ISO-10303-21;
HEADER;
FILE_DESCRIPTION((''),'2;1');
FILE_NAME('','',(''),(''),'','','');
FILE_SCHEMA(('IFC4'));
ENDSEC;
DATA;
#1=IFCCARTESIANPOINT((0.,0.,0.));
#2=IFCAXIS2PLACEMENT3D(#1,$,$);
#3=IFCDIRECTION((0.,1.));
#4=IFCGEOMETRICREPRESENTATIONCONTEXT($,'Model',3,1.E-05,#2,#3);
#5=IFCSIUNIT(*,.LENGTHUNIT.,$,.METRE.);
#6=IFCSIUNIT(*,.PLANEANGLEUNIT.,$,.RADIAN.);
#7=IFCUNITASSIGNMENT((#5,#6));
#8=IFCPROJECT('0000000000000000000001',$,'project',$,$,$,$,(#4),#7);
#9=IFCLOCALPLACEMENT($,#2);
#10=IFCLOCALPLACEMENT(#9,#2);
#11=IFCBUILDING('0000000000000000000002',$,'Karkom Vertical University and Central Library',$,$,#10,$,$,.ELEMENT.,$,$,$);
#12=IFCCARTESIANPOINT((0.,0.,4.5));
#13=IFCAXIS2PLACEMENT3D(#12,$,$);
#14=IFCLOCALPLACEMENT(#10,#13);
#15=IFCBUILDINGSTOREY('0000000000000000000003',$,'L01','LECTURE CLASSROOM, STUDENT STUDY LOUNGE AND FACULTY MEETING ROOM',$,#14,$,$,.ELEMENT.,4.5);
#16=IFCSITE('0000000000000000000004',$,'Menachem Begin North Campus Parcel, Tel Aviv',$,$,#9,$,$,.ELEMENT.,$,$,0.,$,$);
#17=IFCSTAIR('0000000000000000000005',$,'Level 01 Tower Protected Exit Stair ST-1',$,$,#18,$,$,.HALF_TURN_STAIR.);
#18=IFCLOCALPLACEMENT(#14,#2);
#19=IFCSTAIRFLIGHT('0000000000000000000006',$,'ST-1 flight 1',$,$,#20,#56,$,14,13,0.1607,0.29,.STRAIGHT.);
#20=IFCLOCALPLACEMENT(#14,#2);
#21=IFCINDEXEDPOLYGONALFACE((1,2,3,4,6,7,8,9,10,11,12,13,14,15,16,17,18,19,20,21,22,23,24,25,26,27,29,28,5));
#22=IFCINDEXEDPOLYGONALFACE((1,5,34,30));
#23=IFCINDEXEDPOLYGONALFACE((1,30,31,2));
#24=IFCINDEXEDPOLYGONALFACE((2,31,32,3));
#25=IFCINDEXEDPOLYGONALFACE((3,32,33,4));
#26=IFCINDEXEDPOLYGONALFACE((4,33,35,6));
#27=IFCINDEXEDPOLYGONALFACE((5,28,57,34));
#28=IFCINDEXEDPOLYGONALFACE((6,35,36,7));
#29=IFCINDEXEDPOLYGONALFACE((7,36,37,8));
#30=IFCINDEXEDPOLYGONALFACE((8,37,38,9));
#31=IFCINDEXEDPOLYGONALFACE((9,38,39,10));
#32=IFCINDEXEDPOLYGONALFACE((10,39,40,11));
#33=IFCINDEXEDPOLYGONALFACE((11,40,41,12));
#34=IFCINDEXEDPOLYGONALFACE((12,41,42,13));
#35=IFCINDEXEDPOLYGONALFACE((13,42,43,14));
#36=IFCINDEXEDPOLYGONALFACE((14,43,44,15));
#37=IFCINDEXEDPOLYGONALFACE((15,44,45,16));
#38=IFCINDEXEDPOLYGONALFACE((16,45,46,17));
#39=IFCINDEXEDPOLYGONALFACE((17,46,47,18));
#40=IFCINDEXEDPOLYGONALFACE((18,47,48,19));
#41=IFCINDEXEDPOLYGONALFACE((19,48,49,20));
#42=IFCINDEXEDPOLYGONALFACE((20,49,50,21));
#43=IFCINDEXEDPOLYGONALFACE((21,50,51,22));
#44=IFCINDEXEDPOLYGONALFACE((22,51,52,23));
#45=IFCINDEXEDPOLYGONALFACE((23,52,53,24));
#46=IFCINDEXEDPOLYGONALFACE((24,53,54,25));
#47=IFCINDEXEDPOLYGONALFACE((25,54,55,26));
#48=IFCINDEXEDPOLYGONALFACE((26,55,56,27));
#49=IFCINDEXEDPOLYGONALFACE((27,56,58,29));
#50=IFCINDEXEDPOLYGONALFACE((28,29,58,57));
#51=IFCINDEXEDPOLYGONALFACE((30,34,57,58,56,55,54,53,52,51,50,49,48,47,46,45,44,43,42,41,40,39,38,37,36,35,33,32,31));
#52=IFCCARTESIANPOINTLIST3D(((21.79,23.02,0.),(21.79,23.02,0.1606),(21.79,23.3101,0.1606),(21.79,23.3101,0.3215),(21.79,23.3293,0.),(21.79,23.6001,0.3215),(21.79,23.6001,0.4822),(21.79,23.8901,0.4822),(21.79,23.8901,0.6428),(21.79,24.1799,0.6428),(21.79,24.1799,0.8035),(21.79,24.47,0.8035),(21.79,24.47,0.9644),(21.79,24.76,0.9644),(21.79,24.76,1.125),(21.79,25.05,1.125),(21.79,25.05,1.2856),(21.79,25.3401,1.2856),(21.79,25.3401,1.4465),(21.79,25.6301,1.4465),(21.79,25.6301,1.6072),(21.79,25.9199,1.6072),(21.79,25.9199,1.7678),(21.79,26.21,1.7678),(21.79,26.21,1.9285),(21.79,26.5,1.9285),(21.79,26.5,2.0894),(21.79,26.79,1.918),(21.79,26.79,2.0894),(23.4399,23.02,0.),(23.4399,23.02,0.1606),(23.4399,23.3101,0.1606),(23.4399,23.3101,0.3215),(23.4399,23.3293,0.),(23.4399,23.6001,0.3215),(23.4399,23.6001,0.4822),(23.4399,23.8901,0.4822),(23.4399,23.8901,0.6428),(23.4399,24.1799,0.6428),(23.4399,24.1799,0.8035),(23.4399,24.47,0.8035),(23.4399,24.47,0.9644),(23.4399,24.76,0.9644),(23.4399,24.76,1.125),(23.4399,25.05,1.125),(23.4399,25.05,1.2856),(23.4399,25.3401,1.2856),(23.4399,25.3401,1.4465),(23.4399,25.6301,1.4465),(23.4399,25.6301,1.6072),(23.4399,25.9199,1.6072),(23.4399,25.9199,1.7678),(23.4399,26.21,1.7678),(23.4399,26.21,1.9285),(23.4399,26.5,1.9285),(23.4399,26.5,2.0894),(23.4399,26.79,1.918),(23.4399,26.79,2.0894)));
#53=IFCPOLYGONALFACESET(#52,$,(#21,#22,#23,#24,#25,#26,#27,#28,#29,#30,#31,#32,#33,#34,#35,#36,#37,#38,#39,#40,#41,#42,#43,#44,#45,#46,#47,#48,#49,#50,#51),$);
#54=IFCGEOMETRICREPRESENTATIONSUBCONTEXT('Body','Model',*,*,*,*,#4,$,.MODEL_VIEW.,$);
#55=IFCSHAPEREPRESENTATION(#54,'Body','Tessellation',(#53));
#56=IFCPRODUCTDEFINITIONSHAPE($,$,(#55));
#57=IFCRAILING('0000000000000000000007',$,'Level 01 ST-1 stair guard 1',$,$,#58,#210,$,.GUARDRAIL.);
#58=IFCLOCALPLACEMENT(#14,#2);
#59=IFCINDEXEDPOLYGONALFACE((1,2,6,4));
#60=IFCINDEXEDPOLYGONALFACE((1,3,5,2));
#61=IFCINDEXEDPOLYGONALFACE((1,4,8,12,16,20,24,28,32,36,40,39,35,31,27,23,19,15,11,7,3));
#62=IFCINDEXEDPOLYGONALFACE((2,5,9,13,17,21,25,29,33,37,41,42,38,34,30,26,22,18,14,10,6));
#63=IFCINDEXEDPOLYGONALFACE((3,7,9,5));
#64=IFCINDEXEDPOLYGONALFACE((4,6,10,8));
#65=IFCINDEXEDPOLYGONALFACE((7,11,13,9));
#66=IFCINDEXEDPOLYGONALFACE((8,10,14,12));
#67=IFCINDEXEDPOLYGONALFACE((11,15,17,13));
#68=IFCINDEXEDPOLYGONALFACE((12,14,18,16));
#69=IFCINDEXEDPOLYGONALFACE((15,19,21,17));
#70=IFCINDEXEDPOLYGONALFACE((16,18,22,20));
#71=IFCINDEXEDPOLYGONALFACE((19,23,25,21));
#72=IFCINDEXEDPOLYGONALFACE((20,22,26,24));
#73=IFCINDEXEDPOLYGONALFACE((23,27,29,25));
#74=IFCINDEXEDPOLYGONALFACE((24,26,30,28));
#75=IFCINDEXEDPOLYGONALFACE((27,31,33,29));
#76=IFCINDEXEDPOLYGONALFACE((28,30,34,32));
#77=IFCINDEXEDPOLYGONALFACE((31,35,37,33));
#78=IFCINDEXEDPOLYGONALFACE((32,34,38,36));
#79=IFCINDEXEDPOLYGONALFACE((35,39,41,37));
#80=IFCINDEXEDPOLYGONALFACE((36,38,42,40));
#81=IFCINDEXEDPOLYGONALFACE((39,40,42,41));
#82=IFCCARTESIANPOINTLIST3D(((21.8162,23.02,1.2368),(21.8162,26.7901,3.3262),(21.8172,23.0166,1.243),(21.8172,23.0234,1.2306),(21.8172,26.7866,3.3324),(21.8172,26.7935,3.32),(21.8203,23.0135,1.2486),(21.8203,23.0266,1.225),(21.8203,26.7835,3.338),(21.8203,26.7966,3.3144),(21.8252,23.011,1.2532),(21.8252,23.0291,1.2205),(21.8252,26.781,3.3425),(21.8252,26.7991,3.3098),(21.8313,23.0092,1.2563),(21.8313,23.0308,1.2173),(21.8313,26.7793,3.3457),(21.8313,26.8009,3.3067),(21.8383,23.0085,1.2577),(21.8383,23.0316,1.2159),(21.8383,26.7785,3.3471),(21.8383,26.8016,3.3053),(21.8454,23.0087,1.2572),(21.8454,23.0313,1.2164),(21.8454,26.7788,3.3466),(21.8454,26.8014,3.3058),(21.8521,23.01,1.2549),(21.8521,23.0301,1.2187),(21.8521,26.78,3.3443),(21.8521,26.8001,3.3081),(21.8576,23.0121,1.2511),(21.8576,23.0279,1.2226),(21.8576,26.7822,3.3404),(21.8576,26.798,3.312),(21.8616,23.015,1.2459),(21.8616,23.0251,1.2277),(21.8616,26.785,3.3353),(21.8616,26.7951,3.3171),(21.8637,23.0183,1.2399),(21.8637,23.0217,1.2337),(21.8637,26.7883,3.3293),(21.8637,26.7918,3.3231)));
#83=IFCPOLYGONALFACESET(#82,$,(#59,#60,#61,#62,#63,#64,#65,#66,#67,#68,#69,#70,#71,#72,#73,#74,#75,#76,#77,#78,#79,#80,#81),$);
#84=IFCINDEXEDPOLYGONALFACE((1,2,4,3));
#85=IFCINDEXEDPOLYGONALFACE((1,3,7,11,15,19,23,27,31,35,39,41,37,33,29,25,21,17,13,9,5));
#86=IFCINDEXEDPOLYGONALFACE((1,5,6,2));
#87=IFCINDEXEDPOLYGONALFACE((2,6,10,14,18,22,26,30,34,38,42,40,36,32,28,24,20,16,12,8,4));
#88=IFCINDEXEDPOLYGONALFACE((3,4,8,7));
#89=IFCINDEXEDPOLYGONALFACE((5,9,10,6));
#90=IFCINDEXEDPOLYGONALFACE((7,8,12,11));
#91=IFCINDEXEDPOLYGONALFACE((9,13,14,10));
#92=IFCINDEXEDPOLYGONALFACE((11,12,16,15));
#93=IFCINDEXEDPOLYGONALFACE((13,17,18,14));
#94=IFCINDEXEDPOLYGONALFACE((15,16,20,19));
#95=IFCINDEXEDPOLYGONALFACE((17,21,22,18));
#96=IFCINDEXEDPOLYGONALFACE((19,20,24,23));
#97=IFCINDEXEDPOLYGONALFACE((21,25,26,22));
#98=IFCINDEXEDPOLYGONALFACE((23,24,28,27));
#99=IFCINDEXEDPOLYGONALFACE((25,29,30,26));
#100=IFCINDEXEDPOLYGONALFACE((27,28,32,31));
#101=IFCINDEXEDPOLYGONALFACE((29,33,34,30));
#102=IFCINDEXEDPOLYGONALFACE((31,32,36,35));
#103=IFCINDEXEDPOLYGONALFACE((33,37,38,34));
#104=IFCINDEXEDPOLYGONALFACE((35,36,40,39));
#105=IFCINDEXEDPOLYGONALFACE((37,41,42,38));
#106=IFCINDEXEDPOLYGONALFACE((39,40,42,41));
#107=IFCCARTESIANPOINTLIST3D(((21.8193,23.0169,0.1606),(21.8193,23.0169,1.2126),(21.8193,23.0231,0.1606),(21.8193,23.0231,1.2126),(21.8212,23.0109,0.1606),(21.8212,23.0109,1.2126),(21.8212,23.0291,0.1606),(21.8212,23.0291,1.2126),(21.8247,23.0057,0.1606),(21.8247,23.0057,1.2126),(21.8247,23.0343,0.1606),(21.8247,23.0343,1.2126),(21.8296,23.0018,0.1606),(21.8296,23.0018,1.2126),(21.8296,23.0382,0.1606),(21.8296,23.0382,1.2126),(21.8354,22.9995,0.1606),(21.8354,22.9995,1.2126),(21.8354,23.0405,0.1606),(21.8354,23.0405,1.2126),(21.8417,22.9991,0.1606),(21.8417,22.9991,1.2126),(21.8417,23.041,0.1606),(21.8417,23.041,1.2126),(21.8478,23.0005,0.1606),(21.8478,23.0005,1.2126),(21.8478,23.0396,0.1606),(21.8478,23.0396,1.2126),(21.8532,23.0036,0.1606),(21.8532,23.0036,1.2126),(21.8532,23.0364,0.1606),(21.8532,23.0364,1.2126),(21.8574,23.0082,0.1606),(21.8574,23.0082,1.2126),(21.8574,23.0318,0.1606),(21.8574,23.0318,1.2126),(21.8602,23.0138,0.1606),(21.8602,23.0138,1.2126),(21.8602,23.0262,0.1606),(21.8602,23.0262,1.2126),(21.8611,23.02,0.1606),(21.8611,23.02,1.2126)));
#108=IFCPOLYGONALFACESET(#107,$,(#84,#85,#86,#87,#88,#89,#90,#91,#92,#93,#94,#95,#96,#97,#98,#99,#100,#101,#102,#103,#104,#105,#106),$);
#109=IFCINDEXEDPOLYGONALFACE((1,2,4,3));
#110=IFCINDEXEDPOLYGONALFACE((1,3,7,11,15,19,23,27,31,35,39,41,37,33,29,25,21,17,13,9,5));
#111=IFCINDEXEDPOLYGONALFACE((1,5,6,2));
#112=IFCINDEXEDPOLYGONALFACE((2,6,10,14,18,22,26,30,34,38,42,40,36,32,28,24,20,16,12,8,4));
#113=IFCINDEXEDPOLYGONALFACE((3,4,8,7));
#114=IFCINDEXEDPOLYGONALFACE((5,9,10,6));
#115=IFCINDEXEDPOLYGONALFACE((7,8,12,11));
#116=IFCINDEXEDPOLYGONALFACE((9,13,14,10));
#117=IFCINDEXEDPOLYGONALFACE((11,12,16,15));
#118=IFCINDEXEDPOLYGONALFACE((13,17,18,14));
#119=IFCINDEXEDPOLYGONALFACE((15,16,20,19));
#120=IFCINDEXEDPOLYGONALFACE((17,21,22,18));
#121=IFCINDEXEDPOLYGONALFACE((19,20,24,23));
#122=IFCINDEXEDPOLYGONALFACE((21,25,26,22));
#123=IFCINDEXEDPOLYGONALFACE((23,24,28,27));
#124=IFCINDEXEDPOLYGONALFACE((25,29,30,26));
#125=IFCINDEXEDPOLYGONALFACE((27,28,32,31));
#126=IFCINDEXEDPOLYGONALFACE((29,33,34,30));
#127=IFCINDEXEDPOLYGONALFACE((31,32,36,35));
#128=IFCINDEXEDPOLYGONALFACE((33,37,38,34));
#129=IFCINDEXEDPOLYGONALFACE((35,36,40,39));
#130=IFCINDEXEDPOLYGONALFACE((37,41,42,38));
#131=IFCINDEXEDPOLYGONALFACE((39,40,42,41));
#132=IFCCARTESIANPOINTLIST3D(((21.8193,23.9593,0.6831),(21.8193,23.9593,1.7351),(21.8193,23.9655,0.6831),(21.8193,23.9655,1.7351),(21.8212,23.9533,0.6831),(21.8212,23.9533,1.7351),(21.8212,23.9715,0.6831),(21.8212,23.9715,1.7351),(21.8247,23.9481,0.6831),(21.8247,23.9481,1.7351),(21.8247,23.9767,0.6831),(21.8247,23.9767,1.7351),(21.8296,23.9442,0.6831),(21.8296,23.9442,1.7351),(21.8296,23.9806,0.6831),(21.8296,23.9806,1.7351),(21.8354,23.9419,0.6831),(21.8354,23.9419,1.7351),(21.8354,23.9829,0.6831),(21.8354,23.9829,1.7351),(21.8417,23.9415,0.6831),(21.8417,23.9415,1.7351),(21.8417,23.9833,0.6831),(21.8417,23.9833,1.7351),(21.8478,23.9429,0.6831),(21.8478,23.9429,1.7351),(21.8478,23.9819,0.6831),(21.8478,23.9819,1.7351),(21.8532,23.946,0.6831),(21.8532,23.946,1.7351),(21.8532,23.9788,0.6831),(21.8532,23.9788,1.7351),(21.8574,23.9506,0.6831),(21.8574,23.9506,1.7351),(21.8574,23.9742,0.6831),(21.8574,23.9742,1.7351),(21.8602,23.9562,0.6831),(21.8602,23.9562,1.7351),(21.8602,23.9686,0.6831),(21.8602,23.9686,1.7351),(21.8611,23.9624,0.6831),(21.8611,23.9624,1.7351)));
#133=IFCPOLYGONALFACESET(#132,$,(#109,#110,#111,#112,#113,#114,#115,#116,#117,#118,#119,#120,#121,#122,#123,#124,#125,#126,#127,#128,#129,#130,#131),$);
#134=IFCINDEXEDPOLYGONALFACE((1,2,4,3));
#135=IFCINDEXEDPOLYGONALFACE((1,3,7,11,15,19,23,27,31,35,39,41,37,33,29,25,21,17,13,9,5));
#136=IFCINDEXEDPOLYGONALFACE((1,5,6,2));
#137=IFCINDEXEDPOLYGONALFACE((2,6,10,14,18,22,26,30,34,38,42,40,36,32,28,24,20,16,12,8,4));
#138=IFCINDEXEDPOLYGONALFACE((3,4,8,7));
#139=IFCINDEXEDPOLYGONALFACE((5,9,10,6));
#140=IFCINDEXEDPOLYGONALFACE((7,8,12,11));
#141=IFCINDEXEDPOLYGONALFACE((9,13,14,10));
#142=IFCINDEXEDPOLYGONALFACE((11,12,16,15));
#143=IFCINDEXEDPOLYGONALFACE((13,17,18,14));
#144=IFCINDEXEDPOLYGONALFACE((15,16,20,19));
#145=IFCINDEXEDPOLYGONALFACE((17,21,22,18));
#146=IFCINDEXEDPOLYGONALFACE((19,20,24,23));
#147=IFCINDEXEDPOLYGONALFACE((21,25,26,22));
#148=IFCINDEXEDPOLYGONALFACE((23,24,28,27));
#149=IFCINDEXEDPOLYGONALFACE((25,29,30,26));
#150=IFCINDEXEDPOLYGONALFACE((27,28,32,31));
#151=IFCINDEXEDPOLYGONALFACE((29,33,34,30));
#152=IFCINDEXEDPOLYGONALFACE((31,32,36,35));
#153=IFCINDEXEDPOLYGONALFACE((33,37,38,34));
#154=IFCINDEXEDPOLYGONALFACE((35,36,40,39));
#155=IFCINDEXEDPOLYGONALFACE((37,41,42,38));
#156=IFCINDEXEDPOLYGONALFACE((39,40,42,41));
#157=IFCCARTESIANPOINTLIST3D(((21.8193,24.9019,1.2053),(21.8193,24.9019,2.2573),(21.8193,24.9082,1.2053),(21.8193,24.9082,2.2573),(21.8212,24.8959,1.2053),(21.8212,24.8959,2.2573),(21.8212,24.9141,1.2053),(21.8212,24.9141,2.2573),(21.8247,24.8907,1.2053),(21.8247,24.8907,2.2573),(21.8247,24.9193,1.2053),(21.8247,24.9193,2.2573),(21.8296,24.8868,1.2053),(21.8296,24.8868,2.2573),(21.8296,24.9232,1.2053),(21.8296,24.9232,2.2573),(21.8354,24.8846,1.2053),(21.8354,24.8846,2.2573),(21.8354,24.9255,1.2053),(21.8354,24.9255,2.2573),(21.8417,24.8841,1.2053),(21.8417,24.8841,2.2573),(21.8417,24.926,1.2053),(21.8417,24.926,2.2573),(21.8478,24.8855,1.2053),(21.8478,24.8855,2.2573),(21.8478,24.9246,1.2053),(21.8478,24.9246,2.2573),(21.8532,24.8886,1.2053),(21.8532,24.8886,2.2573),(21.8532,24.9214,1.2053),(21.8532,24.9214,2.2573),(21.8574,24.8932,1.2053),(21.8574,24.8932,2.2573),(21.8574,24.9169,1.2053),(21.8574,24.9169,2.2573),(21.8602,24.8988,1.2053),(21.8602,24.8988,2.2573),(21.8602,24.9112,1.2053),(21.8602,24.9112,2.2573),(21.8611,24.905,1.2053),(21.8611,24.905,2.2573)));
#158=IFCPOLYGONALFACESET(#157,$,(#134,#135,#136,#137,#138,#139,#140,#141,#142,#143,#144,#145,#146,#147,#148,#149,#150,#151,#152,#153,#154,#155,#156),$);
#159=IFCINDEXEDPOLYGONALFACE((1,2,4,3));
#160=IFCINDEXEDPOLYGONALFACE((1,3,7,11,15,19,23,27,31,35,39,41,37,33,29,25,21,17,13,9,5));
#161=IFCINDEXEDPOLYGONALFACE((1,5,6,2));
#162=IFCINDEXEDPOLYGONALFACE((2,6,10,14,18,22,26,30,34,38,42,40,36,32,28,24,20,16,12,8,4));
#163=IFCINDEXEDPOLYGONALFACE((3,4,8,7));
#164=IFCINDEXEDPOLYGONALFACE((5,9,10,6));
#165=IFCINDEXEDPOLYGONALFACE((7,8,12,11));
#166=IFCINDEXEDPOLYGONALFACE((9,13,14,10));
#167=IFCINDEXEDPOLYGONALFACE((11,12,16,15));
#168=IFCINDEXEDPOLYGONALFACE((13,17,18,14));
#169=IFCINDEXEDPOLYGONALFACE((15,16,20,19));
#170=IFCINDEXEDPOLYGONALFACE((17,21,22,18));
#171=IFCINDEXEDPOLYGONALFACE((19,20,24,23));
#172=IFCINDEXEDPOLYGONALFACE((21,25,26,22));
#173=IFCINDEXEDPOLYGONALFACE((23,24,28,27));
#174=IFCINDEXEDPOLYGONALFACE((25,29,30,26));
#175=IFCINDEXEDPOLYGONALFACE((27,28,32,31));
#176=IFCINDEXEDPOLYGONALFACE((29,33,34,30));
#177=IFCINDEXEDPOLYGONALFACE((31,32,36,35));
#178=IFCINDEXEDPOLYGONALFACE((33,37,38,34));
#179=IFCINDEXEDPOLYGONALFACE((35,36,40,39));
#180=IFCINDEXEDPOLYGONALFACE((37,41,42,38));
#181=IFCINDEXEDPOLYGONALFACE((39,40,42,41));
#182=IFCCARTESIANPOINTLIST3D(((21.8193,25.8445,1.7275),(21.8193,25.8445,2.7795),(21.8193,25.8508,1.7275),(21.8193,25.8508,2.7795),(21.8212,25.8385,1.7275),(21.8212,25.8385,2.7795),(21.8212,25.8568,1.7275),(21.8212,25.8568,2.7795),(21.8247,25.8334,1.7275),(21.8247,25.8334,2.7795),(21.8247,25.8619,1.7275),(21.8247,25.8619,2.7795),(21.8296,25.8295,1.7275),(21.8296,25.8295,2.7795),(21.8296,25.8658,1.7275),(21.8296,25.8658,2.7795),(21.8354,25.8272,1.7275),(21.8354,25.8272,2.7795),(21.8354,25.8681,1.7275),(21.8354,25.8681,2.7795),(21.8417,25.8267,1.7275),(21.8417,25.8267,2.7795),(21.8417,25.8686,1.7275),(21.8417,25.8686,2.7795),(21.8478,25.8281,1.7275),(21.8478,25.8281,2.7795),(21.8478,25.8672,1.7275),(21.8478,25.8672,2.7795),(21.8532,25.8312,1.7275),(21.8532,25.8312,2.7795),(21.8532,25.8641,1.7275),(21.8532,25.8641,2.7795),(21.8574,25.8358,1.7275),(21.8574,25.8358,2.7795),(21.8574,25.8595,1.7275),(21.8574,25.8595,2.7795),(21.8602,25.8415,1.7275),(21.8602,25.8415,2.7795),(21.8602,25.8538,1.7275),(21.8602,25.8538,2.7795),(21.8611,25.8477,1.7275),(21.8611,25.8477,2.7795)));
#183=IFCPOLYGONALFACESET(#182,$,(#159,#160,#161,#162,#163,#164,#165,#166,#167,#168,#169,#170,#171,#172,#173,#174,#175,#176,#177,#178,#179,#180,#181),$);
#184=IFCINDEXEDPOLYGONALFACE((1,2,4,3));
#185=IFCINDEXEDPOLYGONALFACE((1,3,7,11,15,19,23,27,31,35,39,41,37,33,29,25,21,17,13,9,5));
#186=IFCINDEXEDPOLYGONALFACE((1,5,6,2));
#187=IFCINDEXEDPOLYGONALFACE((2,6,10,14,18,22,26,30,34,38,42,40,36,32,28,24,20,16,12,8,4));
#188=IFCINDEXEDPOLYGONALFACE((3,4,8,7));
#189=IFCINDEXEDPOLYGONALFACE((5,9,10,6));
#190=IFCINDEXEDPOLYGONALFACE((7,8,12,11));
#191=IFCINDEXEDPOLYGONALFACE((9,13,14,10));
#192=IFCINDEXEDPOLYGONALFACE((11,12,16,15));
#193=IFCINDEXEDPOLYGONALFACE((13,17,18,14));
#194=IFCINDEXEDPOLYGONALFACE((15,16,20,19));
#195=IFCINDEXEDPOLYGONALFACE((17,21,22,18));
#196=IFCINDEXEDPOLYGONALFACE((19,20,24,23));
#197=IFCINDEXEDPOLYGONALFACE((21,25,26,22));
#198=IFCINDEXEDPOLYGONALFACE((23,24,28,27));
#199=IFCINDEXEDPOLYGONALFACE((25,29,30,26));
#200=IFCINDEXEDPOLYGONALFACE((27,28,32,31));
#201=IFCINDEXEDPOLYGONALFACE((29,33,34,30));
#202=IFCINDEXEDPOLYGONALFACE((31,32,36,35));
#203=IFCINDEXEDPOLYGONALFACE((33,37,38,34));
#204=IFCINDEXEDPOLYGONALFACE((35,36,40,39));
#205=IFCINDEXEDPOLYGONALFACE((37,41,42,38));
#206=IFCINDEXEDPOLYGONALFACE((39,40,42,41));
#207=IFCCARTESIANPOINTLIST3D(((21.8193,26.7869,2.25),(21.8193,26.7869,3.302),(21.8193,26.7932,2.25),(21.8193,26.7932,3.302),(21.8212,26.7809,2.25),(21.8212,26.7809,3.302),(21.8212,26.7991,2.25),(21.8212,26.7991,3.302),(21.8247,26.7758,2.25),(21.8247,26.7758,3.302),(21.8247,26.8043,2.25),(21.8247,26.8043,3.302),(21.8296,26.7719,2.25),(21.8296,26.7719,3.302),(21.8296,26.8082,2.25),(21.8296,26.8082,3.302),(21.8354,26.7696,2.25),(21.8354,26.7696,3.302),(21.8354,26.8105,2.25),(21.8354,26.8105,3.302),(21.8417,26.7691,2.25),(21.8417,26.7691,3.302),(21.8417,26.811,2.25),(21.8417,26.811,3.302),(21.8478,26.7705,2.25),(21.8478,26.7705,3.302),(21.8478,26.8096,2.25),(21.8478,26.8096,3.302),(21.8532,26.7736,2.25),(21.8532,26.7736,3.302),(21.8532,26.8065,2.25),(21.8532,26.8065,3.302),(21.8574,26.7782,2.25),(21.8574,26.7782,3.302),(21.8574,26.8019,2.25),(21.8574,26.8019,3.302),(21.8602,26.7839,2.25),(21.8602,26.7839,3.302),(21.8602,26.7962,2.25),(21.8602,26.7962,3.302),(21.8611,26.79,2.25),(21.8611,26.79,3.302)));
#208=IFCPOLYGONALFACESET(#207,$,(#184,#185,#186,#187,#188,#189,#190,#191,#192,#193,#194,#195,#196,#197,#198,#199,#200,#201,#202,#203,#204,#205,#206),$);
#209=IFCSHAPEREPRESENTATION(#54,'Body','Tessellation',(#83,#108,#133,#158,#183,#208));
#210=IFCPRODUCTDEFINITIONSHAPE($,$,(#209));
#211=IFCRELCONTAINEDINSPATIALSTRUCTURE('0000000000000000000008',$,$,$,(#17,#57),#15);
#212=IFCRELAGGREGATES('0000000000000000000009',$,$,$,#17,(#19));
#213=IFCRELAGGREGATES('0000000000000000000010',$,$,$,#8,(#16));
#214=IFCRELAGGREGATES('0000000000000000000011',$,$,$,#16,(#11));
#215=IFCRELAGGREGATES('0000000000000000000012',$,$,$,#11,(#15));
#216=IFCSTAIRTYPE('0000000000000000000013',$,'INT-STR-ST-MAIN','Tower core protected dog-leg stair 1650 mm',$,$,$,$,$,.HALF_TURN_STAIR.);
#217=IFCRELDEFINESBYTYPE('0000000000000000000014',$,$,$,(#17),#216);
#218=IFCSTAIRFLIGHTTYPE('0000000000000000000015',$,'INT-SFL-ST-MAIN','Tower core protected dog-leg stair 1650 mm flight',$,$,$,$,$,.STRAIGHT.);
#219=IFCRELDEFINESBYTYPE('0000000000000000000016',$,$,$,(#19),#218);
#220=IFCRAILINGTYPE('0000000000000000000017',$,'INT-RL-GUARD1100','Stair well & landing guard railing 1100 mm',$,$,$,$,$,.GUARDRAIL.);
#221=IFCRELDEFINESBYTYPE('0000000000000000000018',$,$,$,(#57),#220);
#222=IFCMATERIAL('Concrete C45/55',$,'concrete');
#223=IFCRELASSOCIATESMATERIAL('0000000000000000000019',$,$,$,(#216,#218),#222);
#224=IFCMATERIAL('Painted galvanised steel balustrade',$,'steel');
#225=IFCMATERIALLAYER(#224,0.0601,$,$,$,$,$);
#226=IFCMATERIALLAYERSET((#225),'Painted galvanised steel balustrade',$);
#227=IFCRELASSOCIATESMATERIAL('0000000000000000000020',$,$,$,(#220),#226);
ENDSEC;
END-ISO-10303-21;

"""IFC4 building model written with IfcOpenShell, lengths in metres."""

from ifc_helpers import new_model, si_unit, direction, frame, origin, origin_2d, place, context, subcontext, project, spatial, polyline, circle, outline, extrude, material, layer, layer_set, type_object, element, aggregate, save


model = new_model("IFC4")

# Units and contexts
model_context = context("Model", 3, precision=1e-05, world=origin(), true_north=direction((0.0, 1.0)))
body_context = subcontext(model_context, "Body", "Model", "MODEL_VIEW")
ifc_project = project(units=[si_unit("LENGTHUNIT", "METRE"), si_unit("PLANEANGLEUNIT", "RADIAN")], contexts=[model_context])

# Site, building, storey
site_placement = place(None, origin())
site = spatial("IfcSite", under=ifc_project, at=site_placement, Name="Menachem Begin North Campus Parcel, Tel Aviv", CompositionType="ELEMENT", RefElevation=0.0)
building_placement = place(site_placement, origin())
building = spatial("IfcBuilding", under=site, at=building_placement, Name="Karkom Vertical University and Central Library", CompositionType="ELEMENT")
storey_placement = place(building_placement, frame((0.0, 0.0, 4.5)))
storey = spatial("IfcBuildingStorey", under=building, at=storey_placement, Name="L01", Description="LECTURE CLASSROOM, STUDENT STUDY LOUNGE AND FACULTY MEETING ROOM", CompositionType="ELEMENT", Elevation=4.5)

# Shared definitions
ifc_material_1 = material(Name="Concrete C45/55", Category="concrete")

# Stair, stair flight
stair_type = type_object("IfcStairType", Name="INT-STR-ST-MAIN", Description="Tower core protected dog-leg stair 1650 mm", PredefinedType="HALF_TURN_STAIR", material=ifc_material_1)
stair_placement = place(storey_placement, origin())
stair = element("IfcStair", 1, at=stair_placement, inside=storey, type_object=stair_type, Name="Level 01 Tower Protected Exit Stair ST-1", PredefinedType="HALF_TURN_STAIR")
stair_flight_type = type_object("IfcStairFlightType", Name="INT-SFL-ST-MAIN", Description="Tower core protected dog-leg stair 1650 mm flight", PredefinedType="STRAIGHT", material=ifc_material_1)
stair_flight_placement = place(storey_placement, frame((22.615, 23.02, 0.0), z_axis=(0.0, 0.0, 1.0), x_axis=(0.0, 1.0, 0.0)))
stair_flight = element("IfcStairFlight", 2, at=stair_flight_placement, type_object=stair_flight_type, Name="ST-1 flight 1", NumberOfRisers=14, NumberOfTreads=13, PredefinedType="STRAIGHT", RiserHeight=0.1607, TreadLength=0.29, context=body_context, shape_type="SweptSolid", body=[
    extrude(outline(polyline([(0.0, 0.0), (0.0, 0.1606), (0.29, 0.1606), (0.29, 0.3215), (0.5801, 0.3215), (0.5801, 0.4822), (0.8701, 0.4822), (0.8701, 0.6428), (1.1599, 0.6428), (1.1599, 0.8035), (1.45, 0.8035), (1.45, 0.9644), (1.74, 0.9644), (1.74, 1.125), (2.03, 1.125), (2.03, 1.2856), (2.3201, 1.2856), (2.3201, 1.4465), (2.6101, 1.4465), (2.6101, 1.6072), (2.8999, 1.6072), (2.8999, 1.7678), (3.1899, 1.7678), (3.1899, 1.9285), (3.48, 1.9285), (3.48, 2.0894), (3.77, 2.0894), (3.77, 2.25), (3.77, 1.918), (0.3093, 0.0), (0.0, 0.0)])), frame((0.0, 0.825, 0.0), z_axis=(0.0, -1.0, 0.0), x_axis=(1.0, 0.0, 0.0)), (0.0, 0.0, 1.0), 1.6499),
])
aggregate(stair, [stair_flight])

# Railing
ifc_material_2 = material(Name="Painted galvanised steel balustrade", Category="steel")
ifc_layer_1 = layer(ifc_material_2, 0.0601)
ifc_layer_set_1 = layer_set([ifc_layer_1], Name="Painted galvanised steel balustrade")
railing_type_1 = type_object("IfcRailingType", Name="INT-RL-GUARD1100", Description="Stair well & landing guard railing 1100 mm", PredefinedType="GUARDRAIL", material=ifc_layer_set_1)
railing_1_placement = place(storey_placement, frame((21.8401, 23.02, 0.1606)))
element("IfcRailing", 3, at=railing_1_placement, inside=storey, type_object=railing_type_1, Name="Level 01 ST-1 stair guard 1", PredefinedType="GUARDRAIL", context=body_context, shape_type="SweptSolid", body=[
    extrude(circle(Radius=0.0239, at=origin_2d()), frame((0.0, 0.0, 1.0762), z_axis=(0.0, 0.874659, 0.484739), x_axis=(-1.0, 0.0, 0.0)), (0.0, 0.0, 1.0), 4.3103),
    extrude(circle(Radius=0.021, at=origin_2d()), origin(), (0.0, 0.0, 1.0), 1.052),
    extrude(circle(Radius=0.021, at=origin_2d()), frame((0.0, 0.9424, 0.5225)), (0.0, 0.0, 1.0), 1.052),
    extrude(circle(Radius=0.021, at=origin_2d()), frame((0.0, 1.885, 1.0447)), (0.0, 0.0, 1.0), 1.052),
    extrude(circle(Radius=0.021, at=origin_2d()), frame((0.0, 2.8276, 1.5669)), (0.0, 0.0, 1.0), 1.052),
    extrude(circle(Radius=0.021, at=origin_2d()), frame((0.0, 3.77, 2.0894)), (0.0, 0.0, 1.0), 1.052),
])

save(model, "model.ifc")
